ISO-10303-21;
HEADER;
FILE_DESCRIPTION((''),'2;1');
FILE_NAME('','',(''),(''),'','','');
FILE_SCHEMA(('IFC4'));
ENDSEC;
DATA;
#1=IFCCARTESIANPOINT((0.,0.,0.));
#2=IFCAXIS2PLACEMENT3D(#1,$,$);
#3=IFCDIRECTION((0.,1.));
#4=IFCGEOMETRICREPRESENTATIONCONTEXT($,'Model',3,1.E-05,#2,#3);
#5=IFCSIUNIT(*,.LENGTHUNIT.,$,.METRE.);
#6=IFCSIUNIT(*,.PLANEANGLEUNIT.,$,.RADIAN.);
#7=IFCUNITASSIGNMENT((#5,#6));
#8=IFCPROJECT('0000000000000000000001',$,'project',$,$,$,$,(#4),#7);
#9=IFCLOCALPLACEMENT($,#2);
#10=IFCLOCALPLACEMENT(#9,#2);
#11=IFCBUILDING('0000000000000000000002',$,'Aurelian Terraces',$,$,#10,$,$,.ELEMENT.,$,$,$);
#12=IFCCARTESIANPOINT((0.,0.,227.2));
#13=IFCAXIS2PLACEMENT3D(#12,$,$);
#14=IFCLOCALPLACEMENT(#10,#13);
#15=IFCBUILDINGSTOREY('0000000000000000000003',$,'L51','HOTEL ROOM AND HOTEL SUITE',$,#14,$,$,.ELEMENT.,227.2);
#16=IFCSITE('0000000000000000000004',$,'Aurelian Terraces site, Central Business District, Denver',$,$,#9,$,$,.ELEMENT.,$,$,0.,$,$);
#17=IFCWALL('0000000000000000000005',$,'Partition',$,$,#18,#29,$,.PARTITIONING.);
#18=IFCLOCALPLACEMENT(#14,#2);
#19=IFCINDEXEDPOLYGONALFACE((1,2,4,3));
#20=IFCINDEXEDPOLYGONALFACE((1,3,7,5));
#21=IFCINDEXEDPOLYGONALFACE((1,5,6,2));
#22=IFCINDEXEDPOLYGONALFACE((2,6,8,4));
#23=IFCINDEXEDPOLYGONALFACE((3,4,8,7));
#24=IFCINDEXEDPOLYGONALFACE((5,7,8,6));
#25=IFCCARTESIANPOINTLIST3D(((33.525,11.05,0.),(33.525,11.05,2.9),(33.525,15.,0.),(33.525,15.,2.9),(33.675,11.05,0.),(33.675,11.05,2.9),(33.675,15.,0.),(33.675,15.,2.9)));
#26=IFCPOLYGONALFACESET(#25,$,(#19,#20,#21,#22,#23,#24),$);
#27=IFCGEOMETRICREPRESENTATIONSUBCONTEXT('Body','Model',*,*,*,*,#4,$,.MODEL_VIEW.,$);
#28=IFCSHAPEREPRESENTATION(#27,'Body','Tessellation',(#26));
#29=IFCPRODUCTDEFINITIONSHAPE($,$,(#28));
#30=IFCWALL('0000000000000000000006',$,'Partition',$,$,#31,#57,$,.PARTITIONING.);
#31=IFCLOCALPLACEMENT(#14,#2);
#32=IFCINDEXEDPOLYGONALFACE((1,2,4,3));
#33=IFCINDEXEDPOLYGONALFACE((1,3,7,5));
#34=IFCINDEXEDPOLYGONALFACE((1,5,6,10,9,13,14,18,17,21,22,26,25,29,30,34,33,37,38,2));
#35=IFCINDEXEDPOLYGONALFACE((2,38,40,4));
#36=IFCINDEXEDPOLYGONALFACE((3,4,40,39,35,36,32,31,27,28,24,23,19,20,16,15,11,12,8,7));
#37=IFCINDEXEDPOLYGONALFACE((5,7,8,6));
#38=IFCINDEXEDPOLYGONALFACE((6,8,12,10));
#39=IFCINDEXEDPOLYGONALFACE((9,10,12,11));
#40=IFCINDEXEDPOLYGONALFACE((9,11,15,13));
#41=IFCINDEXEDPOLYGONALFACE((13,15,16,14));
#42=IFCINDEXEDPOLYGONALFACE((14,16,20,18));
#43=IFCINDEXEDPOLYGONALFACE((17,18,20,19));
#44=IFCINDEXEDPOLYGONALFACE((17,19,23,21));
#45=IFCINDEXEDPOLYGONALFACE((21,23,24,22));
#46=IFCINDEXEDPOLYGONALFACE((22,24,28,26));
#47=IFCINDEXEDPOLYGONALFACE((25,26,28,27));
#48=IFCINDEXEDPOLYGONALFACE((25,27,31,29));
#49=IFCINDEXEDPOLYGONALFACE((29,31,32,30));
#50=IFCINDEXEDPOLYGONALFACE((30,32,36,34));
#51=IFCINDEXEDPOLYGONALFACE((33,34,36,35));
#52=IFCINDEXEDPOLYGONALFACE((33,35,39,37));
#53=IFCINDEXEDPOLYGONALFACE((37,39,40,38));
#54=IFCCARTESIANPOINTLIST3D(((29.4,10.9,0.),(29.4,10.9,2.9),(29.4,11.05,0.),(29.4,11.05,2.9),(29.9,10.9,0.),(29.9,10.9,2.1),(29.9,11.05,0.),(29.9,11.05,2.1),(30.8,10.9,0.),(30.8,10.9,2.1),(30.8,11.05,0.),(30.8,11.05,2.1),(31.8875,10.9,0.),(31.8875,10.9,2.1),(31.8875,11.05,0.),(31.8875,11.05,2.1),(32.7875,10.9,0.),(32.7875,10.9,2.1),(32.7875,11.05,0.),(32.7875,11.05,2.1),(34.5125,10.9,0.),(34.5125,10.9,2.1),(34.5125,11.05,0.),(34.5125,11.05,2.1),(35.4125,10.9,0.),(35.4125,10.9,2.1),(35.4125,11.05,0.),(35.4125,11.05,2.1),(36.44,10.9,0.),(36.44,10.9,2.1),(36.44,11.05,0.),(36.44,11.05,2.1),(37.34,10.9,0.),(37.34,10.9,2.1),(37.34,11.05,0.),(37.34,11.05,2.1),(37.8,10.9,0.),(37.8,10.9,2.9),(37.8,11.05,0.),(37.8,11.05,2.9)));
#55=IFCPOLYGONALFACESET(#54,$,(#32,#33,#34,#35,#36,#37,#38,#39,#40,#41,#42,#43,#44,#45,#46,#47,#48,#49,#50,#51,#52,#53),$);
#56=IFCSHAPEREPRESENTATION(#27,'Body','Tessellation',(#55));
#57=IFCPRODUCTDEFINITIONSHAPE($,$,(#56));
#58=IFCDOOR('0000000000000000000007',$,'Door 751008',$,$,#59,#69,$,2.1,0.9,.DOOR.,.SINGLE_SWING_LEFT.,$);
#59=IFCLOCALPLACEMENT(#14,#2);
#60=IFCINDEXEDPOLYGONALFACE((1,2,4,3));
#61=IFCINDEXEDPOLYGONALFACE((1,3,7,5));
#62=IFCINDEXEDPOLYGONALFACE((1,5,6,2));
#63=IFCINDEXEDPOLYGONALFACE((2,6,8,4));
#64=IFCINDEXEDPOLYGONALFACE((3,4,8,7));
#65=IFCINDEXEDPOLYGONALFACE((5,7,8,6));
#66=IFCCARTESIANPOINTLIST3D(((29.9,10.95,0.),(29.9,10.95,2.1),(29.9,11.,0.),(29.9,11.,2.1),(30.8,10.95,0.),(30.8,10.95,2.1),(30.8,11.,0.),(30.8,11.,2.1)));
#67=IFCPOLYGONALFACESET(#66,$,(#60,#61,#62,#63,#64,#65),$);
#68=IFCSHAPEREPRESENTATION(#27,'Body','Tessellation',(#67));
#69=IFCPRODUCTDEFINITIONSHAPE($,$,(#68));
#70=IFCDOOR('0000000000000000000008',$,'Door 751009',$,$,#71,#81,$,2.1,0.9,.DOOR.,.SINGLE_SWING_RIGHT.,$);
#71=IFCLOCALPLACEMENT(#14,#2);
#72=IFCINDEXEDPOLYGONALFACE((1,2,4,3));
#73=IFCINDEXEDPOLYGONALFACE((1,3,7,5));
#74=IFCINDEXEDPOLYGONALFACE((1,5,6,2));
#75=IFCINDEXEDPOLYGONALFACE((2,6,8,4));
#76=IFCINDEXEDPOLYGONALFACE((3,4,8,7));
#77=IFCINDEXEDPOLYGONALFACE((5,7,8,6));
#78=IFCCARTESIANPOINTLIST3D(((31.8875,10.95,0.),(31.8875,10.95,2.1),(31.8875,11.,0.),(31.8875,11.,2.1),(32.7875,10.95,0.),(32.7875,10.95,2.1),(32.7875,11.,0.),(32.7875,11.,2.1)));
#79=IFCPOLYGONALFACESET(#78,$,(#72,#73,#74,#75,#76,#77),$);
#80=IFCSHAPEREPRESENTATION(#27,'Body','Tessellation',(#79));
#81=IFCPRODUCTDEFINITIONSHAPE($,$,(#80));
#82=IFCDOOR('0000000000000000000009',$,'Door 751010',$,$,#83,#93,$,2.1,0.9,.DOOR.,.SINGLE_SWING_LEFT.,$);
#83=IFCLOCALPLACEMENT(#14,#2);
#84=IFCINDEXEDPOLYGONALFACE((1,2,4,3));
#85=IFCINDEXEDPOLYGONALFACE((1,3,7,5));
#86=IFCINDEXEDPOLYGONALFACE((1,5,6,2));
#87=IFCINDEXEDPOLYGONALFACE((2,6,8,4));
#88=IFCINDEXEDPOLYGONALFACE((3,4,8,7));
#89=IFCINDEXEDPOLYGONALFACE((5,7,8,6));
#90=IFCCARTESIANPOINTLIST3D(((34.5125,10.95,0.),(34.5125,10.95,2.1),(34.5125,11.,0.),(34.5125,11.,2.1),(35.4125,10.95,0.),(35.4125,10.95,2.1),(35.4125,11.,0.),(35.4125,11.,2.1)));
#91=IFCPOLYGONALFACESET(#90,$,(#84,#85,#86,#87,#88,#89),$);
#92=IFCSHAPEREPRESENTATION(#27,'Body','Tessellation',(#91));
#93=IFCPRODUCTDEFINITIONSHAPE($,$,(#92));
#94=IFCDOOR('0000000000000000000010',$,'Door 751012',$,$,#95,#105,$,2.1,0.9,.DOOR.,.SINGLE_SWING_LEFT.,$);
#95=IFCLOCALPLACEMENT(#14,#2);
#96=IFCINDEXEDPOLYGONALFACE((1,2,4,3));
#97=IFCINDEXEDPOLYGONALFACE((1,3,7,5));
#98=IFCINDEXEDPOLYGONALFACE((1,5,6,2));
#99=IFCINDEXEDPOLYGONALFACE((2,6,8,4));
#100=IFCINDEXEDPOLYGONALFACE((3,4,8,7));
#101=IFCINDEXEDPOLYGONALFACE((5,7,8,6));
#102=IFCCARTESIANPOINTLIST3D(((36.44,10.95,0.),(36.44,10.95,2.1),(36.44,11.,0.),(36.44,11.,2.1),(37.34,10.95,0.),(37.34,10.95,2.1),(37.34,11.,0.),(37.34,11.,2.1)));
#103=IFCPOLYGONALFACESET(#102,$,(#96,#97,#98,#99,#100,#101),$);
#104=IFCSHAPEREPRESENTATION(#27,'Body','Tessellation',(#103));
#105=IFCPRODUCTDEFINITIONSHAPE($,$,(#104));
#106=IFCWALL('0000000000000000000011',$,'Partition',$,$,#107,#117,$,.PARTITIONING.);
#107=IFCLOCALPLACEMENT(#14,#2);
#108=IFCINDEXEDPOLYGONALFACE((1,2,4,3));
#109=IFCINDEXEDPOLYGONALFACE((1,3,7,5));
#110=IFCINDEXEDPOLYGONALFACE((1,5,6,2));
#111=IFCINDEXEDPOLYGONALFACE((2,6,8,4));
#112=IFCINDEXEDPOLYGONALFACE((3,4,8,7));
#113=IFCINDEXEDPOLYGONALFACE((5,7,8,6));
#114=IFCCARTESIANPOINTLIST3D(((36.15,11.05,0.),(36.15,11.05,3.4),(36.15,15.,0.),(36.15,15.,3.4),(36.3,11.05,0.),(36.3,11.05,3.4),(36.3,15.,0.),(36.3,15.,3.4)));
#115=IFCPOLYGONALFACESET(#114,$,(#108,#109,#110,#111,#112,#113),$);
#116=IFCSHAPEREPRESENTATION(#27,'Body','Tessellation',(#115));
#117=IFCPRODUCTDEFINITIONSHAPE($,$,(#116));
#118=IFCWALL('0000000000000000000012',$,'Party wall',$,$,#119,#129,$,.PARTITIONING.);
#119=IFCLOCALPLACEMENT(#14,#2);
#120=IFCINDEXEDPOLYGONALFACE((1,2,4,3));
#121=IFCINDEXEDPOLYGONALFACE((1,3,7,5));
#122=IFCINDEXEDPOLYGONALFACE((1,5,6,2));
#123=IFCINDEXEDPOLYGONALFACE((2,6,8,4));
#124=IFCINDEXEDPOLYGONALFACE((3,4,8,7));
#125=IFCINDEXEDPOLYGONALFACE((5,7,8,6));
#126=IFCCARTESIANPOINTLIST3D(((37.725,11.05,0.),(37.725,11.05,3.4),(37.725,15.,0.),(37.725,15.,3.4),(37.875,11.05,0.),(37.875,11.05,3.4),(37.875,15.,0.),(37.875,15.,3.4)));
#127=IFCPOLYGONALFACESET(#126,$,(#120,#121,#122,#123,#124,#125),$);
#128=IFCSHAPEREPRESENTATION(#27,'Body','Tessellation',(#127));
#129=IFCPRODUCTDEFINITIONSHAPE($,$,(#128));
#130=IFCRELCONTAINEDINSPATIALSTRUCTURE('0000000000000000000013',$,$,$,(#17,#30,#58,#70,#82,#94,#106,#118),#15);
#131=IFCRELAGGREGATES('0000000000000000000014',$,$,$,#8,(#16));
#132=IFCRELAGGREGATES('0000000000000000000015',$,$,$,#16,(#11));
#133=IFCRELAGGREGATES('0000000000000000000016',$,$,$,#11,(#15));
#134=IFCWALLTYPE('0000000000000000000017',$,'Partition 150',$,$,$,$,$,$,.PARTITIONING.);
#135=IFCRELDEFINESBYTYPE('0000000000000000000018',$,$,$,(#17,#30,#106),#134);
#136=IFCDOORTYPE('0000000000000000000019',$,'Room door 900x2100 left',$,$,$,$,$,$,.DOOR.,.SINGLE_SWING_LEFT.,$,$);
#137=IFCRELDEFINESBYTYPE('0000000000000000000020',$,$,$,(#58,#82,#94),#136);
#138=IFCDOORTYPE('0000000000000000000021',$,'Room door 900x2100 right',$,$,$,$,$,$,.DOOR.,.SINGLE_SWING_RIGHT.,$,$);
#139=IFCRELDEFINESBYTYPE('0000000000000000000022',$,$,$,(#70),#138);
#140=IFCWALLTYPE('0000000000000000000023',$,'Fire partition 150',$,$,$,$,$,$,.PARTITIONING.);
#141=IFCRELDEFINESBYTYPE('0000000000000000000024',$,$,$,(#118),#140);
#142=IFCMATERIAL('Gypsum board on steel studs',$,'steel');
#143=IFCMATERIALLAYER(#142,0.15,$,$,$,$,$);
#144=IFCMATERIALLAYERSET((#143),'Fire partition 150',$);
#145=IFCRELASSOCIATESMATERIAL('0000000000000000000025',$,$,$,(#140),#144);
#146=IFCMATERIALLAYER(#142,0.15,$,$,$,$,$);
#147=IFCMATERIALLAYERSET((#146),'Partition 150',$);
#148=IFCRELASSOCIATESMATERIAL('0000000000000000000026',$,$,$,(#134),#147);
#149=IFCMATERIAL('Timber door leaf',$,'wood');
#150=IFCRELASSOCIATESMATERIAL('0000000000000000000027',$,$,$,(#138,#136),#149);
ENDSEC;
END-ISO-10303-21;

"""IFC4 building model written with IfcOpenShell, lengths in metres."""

from ifc_helpers import new_model, si_unit, direction, frame, frame_2d, origin, place, context, subcontext, project, spatial, rectangle, extrude, source, transform, mapped, material, layer, layer_set, type_object, element, fill, save


model = new_model("IFC4")

# Units and contexts
model_context = context("Model", 3, precision=1e-05, world=origin(), true_north=direction((0.0, 1.0)))
body_context = subcontext(model_context, "Body", "Model", "MODEL_VIEW")
ifc_project = project(units=[si_unit("LENGTHUNIT", "METRE"), si_unit("PLANEANGLEUNIT", "RADIAN")], contexts=[model_context])

# Site, building, storey
site_placement = place(None, origin())
site = spatial("IfcSite", under=ifc_project, at=site_placement, Name="Aurelian Terraces site, Central Business District, Denver", CompositionType="ELEMENT", RefElevation=0.0)
building_placement = place(site_placement, origin())
building = spatial("IfcBuilding", under=site, at=building_placement, Name="Aurelian Terraces", CompositionType="ELEMENT")
storey_placement = place(building_placement, frame((0.0, 0.0, 227.2)))
storey = spatial("IfcBuildingStorey", under=building, at=storey_placement, Name="L51", Description="HOTEL ROOM AND HOTEL SUITE", CompositionType="ELEMENT", Elevation=227.2)

# Shared definitions
ifc_material_1 = material(Name="Gypsum board on steel studs", Category="steel")
ifc_layer_1 = layer(ifc_material_1, 0.15)
ifc_layer_set_1 = layer_set([ifc_layer_1], Name="Fire partition 150")
wall_type_1 = type_object("IfcWallType", Name="Fire partition 150", PredefinedType="PARTITIONING", material=ifc_layer_set_1)
ifc_layer_2 = layer(ifc_material_1, 0.15)
ifc_layer_set_2 = layer_set([ifc_layer_2], Name="Partition 150")
wall_type_2 = type_object("IfcWallType", Name="Partition 150", PredefinedType="PARTITIONING", material=ifc_layer_set_2)

# Shared definitions
shared_shape_1 = source(origin(), body_context, "Body", "SweptSolid", [
    extrude(rectangle(XDim=0.9, YDim=2.1, at=frame_2d((0.45, 1.05))), frame((0.0, 0.085, 0.0), z_axis=(0.0, -1.0, 0.0), x_axis=(1.0, 0.0, 0.0)), (0.0, 0.0, 1.0), 0.17),
])
ifc_material_2 = material(Name="Timber door leaf", Category="wood")
door_type_1 = type_object("IfcDoorType", Name="Room door 900x2100 right", OperationType="SINGLE_SWING_RIGHT", PredefinedType="DOOR", material=ifc_material_2)
shared_shape_2 = source(origin(), body_context, "Body", "SweptSolid", [
    extrude(rectangle(XDim=0.9, YDim=2.1, at=frame_2d((0.45, 1.05))), frame((0.0, 0.025, 0.0), z_axis=(0.0, -1.0, 0.0), x_axis=(1.0, 0.0, 0.0)), (0.0, 0.0, 1.0), 0.05),
])

# Wall
wall_1_placement = place(storey_placement, frame((33.6, 11.05, 0.0), z_axis=(0.0, 0.0, 1.0), x_axis=(0.0, 1.0, 0.0)))
element("IfcWall", 1, at=wall_1_placement, inside=storey, type_object=wall_type_2, Name="Partition", PredefinedType="PARTITIONING", context=body_context, shape_type="SweptSolid", body=[
    extrude(rectangle(XDim=3.95, YDim=0.15, at=frame_2d((1.975, 0.0))), origin(), (0.0, 0.0, 1.0), 2.9),
])

# Wall, openings, doors
shared_shape_3 = source(origin(), body_context, "Body", "SweptSolid", [
    extrude(rectangle(XDim=8.4, YDim=0.15, at=frame_2d((4.2, 0.0))), origin(), (0.0, 0.0, 1.0), 2.9),
])
wall_2_placement = place(storey_placement, frame((37.8, 10.975, 0.0), z_axis=(0.0, 0.0, 1.0), x_axis=(-1.0, 0.0, 0.0)))
wall_2 = element("IfcWall", 2, at=wall_2_placement, inside=storey, type_object=wall_type_2, Name="Partition", PredefinedType="PARTITIONING", context=body_context, shape_type="MappedRepresentation", body=[
    mapped(shared_shape_3, transform((0.0, 0.0, 0.0), scale=1.0)),
])
opening_1_placement = place(wall_2_placement, frame((7.0, 0.0, 0.0)))
opening_1 = element("IfcOpeningElement", 3, at=opening_1_placement, cuts=wall_2, PredefinedType="OPENING", context=body_context, shape_type="MappedRepresentation", body=[
    mapped(shared_shape_1, transform((0.0, 0.0, 0.0), scale=1.0)),
])
opening_2_placement = place(wall_2_placement, frame((5.0125, 0.0, 0.0)))
opening_2 = element("IfcOpeningElement", 4, at=opening_2_placement, cuts=wall_2, PredefinedType="OPENING", context=body_context, shape_type="MappedRepresentation", body=[
    mapped(shared_shape_1, transform((0.0, 0.0, 0.0), scale=1.0)),
])
opening_3_placement = place(wall_2_placement, frame((2.3875, 0.0, 0.0)))
opening_3 = element("IfcOpeningElement", 5, at=opening_3_placement, cuts=wall_2, PredefinedType="OPENING", context=body_context, shape_type="MappedRepresentation", body=[
    mapped(shared_shape_1, transform((0.0, 0.0, 0.0), scale=1.0)),
])
opening_4_placement = place(wall_2_placement, frame((0.46, 0.0, 0.0)))
opening_4 = element("IfcOpeningElement", 6, at=opening_4_placement, cuts=wall_2, PredefinedType="OPENING", context=body_context, shape_type="MappedRepresentation", body=[
    mapped(shared_shape_1, transform((0.0, 0.0, 0.0), scale=1.0)),
])
door_type_2 = type_object("IfcDoorType", Name="Room door 900x2100 left", OperationType="SINGLE_SWING_LEFT", PredefinedType="DOOR", material=ifc_material_2)
door_1_placement = place(opening_1_placement, origin())
door_1 = element("IfcDoor", 7, at=door_1_placement, inside=storey, type_object=door_type_2, Name="Door 751008", OperationType="SINGLE_SWING_LEFT", OverallHeight=2.1, OverallWidth=0.9, PredefinedType="DOOR", context=body_context, shape_type="MappedRepresentation", body=[
    mapped(shared_shape_2, transform((0.0, 0.0, 0.0), scale=1.0)),
])
fill(opening_1, door_1)
door_2_placement = place(opening_2_placement, origin())
door_2 = element("IfcDoor", 8, at=door_2_placement, inside=storey, type_object=door_type_1, Name="Door 751009", OperationType="SINGLE_SWING_RIGHT", OverallHeight=2.1, OverallWidth=0.9, PredefinedType="DOOR", context=body_context, shape_type="MappedRepresentation", body=[
    mapped(shared_shape_2, transform((0.0, 0.0, 0.0), scale=1.0)),
])
fill(opening_2, door_2)
door_3_placement = place(opening_3_placement, origin())
door_3 = element("IfcDoor", 9, at=door_3_placement, inside=storey, type_object=door_type_2, Name="Door 751010", OperationType="SINGLE_SWING_LEFT", OverallHeight=2.1, OverallWidth=0.9, PredefinedType="DOOR", context=body_context, shape_type="MappedRepresentation", body=[
    mapped(shared_shape_2, transform((0.0, 0.0, 0.0), scale=1.0)),
])
fill(opening_3, door_3)
door_4_placement = place(opening_4_placement, origin())
door_4 = element("IfcDoor", 10, at=door_4_placement, inside=storey, type_object=door_type_2, Name="Door 751012", OperationType="SINGLE_SWING_LEFT", OverallHeight=2.1, OverallWidth=0.9, PredefinedType="DOOR", context=body_context, shape_type="MappedRepresentation", body=[
    mapped(shared_shape_2, transform((0.0, 0.0, 0.0), scale=1.0)),
])
fill(opening_4, door_4)

# Walls
shared_shape_4 = source(origin(), body_context, "Body", "SweptSolid", [
    extrude(rectangle(XDim=3.95, YDim=0.15, at=frame_2d((1.975, 0.0))), origin(), (0.0, 0.0, 1.0), 3.4),
])
wall_3_placement = place(storey_placement, frame((36.225, 11.05, 0.0), z_axis=(0.0, 0.0, 1.0), x_axis=(0.0, 1.0, 0.0)))
element("IfcWall", 11, at=wall_3_placement, inside=storey, type_object=wall_type_2, Name="Partition", PredefinedType="PARTITIONING", context=body_context, shape_type="MappedRepresentation", body=[
    mapped(shared_shape_4, transform((0.0, 0.0, 0.0), scale=1.0)),
])
wall_4_placement = place(storey_placement, frame((37.8, 11.05, 0.0), z_axis=(0.0, 0.0, 1.0), x_axis=(0.0, 1.0, 0.0)))
element("IfcWall", 12, at=wall_4_placement, inside=storey, type_object=wall_type_1, Name="Party wall", PredefinedType="PARTITIONING", context=body_context, shape_type="MappedRepresentation", body=[
    mapped(shared_shape_4, transform((0.0, 0.0, 0.0), scale=1.0)),
])

save(model, "model.ifc")
